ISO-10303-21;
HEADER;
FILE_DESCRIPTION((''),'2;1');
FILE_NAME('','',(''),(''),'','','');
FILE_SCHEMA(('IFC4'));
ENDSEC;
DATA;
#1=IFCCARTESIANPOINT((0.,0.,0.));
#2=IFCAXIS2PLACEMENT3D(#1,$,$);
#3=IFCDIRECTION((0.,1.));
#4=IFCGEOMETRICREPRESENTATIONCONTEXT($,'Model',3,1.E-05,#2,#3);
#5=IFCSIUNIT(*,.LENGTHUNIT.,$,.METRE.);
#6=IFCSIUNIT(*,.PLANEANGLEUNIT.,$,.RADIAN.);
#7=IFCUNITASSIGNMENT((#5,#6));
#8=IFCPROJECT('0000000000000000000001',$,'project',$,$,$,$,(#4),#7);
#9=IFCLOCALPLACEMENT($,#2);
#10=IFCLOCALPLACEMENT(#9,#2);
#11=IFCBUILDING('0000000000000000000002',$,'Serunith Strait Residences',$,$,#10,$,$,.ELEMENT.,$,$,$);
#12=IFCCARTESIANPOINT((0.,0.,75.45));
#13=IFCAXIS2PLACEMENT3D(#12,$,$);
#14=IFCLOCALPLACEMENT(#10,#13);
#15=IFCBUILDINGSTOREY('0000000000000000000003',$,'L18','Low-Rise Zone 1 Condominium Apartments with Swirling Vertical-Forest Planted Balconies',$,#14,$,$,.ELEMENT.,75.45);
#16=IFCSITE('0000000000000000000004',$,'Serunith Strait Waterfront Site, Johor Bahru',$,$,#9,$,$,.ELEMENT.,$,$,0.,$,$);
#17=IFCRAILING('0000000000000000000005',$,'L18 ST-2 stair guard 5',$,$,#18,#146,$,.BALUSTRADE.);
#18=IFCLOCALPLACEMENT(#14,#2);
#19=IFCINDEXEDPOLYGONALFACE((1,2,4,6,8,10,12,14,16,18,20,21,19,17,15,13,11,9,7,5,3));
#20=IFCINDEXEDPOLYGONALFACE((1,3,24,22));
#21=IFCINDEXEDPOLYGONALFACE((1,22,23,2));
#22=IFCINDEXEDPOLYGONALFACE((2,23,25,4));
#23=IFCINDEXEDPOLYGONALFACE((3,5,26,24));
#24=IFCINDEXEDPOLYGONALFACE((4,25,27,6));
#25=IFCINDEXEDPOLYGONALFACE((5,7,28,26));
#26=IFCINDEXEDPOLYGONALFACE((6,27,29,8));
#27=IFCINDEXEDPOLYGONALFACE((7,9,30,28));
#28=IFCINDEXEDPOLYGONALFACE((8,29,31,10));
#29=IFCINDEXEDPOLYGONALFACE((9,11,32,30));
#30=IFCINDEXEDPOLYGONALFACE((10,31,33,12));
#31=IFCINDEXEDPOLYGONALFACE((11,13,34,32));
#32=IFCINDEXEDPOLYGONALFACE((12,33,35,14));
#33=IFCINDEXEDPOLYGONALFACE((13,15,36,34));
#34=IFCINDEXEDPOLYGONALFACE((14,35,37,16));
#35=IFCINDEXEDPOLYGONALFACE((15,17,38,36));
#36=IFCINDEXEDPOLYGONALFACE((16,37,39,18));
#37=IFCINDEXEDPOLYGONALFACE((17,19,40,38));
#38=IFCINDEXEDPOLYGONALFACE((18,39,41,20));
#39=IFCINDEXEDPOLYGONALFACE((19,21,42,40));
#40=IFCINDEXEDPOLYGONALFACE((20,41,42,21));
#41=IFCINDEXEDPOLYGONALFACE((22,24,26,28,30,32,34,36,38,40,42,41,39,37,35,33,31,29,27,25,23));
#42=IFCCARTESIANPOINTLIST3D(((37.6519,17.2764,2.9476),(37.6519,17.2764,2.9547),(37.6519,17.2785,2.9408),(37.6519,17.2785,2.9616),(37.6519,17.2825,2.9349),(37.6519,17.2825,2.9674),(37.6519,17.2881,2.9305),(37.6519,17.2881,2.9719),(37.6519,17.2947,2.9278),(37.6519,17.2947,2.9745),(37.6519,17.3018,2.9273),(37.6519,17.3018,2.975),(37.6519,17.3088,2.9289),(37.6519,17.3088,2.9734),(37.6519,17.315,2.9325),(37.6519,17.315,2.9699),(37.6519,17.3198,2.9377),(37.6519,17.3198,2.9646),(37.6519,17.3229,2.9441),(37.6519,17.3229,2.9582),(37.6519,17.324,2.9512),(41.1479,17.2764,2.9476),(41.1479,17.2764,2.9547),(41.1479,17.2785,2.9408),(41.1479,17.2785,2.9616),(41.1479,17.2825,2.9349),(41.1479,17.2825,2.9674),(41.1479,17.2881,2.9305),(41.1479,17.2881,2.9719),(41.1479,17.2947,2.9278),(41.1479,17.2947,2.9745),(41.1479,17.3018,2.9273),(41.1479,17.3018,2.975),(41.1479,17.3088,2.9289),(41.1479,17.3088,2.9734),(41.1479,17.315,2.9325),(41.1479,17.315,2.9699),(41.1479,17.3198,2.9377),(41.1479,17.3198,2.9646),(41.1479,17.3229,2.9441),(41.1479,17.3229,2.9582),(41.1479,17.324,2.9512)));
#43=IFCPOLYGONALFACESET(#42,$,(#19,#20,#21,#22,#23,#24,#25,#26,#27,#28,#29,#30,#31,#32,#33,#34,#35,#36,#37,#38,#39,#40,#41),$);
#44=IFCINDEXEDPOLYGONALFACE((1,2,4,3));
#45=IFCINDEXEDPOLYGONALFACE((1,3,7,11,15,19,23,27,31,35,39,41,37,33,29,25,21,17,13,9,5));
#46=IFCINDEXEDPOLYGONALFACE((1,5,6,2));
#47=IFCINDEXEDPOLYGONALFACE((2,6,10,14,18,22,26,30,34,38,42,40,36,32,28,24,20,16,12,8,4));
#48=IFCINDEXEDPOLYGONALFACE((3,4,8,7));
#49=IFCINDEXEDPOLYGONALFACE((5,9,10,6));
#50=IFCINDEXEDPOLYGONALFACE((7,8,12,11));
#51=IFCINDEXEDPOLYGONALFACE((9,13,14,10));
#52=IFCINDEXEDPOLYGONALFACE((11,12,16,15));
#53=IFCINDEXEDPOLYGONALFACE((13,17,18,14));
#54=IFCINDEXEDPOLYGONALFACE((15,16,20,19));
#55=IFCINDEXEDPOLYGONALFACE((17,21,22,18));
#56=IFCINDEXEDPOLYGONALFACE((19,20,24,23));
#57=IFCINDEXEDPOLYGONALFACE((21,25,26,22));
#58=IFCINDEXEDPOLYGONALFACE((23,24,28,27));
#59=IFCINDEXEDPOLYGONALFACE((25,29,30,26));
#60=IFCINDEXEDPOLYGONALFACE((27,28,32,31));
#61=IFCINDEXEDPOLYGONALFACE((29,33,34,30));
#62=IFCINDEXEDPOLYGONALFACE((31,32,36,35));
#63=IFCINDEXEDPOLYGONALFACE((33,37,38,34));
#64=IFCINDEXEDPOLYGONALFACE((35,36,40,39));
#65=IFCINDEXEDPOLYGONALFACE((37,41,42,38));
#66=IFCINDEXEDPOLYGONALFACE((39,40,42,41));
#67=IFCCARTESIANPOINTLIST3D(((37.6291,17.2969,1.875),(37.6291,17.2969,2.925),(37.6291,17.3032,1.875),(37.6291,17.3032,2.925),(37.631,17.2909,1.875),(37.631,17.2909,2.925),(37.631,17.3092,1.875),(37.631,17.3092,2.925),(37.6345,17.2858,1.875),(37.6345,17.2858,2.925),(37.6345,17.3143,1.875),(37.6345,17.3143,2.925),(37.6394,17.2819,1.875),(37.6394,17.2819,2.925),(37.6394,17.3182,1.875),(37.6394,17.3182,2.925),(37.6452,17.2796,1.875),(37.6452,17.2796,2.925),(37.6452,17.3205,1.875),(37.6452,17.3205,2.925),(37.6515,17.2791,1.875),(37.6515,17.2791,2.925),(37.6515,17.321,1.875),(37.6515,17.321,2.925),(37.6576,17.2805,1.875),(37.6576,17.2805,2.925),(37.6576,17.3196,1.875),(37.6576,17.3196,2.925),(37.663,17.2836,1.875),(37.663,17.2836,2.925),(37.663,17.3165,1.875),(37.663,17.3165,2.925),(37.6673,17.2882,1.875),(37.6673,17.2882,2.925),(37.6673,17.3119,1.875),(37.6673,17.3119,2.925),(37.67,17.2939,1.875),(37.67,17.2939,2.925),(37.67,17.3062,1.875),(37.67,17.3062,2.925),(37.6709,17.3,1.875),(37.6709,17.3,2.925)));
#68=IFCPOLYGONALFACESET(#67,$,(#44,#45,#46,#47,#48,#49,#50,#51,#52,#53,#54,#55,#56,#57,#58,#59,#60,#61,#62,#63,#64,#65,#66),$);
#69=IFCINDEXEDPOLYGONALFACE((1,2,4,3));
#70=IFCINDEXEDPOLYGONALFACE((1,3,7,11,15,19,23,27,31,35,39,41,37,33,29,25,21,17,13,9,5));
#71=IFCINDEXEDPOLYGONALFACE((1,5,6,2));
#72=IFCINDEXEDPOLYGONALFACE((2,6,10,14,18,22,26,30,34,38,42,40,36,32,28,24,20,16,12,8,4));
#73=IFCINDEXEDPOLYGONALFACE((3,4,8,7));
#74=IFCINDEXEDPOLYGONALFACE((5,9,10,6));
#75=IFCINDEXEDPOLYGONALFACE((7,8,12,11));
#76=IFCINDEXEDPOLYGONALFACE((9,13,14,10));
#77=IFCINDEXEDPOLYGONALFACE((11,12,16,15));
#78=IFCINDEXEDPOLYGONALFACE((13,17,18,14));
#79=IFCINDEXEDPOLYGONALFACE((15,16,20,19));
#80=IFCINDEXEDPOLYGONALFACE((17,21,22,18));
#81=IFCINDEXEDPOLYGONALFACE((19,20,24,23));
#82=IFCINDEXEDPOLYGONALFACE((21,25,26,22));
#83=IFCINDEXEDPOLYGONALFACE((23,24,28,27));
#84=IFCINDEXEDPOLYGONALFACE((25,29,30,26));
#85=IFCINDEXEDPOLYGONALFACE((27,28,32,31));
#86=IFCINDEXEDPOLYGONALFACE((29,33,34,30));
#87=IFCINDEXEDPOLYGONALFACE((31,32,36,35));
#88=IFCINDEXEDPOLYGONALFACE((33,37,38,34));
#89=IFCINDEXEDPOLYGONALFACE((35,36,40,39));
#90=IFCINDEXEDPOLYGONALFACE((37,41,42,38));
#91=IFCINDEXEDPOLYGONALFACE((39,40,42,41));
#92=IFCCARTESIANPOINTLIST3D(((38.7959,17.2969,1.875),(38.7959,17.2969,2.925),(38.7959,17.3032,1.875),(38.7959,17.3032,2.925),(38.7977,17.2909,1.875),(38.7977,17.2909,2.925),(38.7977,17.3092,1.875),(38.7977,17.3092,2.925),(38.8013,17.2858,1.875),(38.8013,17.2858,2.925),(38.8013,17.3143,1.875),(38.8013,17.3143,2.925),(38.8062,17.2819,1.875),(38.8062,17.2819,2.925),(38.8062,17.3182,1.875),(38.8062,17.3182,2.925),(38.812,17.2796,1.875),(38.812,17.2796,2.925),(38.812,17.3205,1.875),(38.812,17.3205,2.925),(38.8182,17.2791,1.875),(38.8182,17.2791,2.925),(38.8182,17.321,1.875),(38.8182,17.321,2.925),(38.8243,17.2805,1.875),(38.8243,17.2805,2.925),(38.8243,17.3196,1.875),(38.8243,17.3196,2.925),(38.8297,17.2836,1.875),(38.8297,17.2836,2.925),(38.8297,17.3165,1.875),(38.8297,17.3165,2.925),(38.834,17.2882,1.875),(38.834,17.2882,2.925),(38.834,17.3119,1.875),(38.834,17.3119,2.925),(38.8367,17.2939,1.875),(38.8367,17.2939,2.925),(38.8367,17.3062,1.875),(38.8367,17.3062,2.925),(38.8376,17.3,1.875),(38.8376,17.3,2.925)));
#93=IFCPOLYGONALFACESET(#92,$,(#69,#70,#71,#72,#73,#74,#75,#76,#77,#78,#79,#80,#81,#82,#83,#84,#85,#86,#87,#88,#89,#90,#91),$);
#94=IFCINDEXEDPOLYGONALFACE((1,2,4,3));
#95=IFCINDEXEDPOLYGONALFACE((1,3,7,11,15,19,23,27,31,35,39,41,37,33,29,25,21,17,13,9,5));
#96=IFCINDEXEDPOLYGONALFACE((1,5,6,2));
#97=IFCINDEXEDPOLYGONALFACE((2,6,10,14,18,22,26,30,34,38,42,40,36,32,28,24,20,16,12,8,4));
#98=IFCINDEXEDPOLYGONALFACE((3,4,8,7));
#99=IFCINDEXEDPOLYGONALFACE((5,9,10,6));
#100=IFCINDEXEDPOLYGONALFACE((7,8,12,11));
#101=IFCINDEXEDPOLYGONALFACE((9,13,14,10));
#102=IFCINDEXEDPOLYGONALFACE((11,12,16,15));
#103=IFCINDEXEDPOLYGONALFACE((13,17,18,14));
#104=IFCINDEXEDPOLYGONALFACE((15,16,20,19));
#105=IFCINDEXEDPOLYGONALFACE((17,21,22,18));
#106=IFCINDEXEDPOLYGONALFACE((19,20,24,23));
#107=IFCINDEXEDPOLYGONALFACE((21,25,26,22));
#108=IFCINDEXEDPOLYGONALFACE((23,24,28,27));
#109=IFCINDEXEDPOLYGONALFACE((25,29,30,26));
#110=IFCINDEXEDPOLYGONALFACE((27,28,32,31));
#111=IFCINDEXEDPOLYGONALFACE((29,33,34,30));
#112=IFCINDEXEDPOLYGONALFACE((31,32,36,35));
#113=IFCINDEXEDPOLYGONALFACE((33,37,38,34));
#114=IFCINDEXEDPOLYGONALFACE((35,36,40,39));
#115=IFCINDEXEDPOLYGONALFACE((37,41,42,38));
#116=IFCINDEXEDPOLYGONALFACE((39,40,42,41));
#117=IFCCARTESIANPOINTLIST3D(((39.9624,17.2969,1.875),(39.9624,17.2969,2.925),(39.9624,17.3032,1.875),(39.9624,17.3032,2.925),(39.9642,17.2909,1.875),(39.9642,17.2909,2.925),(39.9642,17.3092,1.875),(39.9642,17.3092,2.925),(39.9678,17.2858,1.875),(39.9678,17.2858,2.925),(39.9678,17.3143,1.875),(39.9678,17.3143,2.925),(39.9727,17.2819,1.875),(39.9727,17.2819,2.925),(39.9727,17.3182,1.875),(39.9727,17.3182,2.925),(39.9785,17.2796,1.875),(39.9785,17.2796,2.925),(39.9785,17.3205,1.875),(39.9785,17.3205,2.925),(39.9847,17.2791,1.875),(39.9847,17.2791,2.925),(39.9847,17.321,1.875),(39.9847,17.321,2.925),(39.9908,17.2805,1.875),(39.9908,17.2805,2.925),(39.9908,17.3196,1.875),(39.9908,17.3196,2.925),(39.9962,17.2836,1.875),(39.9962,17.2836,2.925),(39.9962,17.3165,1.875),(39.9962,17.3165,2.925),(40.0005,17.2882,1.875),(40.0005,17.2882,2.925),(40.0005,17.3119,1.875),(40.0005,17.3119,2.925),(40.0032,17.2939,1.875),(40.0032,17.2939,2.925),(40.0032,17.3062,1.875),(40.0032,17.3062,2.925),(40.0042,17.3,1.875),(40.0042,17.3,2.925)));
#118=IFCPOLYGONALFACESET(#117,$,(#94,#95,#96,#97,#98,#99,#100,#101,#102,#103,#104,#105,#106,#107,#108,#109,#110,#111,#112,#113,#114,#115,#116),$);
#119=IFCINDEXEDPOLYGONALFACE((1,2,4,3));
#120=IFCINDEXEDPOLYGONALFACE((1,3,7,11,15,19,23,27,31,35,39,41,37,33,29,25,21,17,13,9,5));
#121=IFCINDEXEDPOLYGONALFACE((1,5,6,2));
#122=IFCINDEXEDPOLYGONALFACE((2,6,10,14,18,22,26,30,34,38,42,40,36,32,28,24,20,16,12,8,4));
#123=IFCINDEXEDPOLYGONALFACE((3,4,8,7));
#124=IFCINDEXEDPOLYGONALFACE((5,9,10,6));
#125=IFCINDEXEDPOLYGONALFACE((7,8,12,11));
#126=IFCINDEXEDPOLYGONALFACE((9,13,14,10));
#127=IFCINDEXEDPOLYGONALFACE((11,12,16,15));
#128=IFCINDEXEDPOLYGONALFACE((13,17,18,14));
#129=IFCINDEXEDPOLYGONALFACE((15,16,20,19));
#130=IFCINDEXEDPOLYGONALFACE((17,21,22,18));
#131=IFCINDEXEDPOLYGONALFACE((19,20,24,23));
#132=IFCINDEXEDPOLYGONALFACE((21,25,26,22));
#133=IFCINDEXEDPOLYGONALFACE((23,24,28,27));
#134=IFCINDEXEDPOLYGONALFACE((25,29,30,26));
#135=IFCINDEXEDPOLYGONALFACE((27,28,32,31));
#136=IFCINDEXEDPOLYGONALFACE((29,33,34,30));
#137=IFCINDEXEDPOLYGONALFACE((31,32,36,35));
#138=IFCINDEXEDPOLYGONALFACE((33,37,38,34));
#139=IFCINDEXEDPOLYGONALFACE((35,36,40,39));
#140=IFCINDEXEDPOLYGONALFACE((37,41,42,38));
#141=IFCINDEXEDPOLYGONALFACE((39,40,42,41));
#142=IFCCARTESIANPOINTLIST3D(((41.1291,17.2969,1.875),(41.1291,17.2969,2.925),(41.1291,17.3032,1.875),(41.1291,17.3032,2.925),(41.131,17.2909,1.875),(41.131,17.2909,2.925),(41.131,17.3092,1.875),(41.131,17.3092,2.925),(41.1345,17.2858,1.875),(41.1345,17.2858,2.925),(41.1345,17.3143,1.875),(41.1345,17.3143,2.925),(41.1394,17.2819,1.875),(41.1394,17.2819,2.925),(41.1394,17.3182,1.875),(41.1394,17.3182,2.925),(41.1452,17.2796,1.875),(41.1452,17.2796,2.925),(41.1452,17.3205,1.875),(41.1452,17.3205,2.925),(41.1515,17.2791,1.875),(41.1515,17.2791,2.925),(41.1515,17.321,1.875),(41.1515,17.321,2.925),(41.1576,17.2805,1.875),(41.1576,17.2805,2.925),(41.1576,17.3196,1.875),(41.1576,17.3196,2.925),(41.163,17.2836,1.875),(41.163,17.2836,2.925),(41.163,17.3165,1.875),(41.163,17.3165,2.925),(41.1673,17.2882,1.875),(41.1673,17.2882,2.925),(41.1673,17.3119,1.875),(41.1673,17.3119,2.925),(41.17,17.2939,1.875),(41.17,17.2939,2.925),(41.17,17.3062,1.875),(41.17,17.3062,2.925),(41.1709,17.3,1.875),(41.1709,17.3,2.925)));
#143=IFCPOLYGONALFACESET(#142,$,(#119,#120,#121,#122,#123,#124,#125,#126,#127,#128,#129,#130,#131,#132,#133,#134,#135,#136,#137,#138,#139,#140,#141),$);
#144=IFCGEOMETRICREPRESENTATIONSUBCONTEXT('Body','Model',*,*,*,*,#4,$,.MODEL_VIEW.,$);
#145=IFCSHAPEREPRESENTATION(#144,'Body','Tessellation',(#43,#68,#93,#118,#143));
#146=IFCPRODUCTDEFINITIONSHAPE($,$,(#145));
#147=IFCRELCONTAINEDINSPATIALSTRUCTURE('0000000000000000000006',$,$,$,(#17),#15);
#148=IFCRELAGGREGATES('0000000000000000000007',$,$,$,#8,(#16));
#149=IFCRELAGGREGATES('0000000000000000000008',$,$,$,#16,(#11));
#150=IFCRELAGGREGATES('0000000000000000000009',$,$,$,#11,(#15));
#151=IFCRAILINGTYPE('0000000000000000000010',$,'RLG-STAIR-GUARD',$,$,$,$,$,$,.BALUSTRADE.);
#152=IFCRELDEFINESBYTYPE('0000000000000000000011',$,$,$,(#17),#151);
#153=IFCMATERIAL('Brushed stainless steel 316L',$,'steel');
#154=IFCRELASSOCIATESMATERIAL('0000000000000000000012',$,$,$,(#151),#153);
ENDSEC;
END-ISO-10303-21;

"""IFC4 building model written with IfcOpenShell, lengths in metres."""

from ifc_helpers import new_model, si_unit, direction, frame, origin, origin_2d, place, context, subcontext, project, spatial, circle, extrude, material, type_object, element, save


model = new_model("IFC4")

# Units and contexts
model_context = context("Model", 3, precision=1e-05, world=origin(), true_north=direction((0.0, 1.0)))
body_context = subcontext(model_context, "Body", "Model", "MODEL_VIEW")
ifc_project = project(units=[si_unit("LENGTHUNIT", "METRE"), si_unit("PLANEANGLEUNIT", "RADIAN")], contexts=[model_context])

# Site, building, storey
site_placement = place(None, origin())
site = spatial("IfcSite", under=ifc_project, at=site_placement, Name="Serunith Strait Waterfront Site, Johor Bahru", CompositionType="ELEMENT", RefElevation=0.0)
building_placement = place(site_placement, origin())
building = spatial("IfcBuilding", under=site, at=building_placement, Name="Serunith Strait Residences", CompositionType="ELEMENT")
storey_placement = place(building_placement, frame((0.0, 0.0, 75.45)))
storey = spatial("IfcBuildingStorey", under=building, at=storey_placement, Name="L18", Description="Low-Rise Zone 1 Condominium Apartments with Swirling Vertical-Forest Planted Balconies", CompositionType="ELEMENT", Elevation=75.45)

# Railing
ifc_material_1 = material(Name="Brushed stainless steel 316L", Category="steel")
railing_type_1 = type_object("IfcRailingType", Name="RLG-STAIR-GUARD", PredefinedType="BALUSTRADE", material=ifc_material_1)
railing_1_placement = place(storey_placement, frame((37.6499, 17.3, 1.875)))
element("IfcRailing", 1, at=railing_1_placement, inside=storey, type_object=railing_type_1, Name="L18 ST-2 stair guard 5", PredefinedType="BALUSTRADE", context=body_context, shape_type="SweptSolid", body=[
    extrude(circle(Radius=0.0239, at=origin_2d()), frame((0.002, 0.0, 1.0762), z_axis=(1.0, 0.0, 0.0), x_axis=(0.0, 1.0, 0.0)), (0.0, 0.0, 1.0), 3.4961),
    extrude(circle(Radius=0.021, at=origin_2d()), origin(), (0.0, 0.0, 1.0), 1.05),
    extrude(circle(Radius=0.021, at=origin_2d()), frame((1.1667, 0.0, 0.0)), (0.0, 0.0, 1.0), 1.05),
    extrude(circle(Radius=0.021, at=origin_2d()), frame((2.3333, 0.0, 0.0)), (0.0, 0.0, 1.0), 1.05),
    extrude(circle(Radius=0.021, at=origin_2d()), frame((3.5, 0.0, 0.0)), (0.0, 0.0, 1.0), 1.05),
])

save(model, "model.ifc")
